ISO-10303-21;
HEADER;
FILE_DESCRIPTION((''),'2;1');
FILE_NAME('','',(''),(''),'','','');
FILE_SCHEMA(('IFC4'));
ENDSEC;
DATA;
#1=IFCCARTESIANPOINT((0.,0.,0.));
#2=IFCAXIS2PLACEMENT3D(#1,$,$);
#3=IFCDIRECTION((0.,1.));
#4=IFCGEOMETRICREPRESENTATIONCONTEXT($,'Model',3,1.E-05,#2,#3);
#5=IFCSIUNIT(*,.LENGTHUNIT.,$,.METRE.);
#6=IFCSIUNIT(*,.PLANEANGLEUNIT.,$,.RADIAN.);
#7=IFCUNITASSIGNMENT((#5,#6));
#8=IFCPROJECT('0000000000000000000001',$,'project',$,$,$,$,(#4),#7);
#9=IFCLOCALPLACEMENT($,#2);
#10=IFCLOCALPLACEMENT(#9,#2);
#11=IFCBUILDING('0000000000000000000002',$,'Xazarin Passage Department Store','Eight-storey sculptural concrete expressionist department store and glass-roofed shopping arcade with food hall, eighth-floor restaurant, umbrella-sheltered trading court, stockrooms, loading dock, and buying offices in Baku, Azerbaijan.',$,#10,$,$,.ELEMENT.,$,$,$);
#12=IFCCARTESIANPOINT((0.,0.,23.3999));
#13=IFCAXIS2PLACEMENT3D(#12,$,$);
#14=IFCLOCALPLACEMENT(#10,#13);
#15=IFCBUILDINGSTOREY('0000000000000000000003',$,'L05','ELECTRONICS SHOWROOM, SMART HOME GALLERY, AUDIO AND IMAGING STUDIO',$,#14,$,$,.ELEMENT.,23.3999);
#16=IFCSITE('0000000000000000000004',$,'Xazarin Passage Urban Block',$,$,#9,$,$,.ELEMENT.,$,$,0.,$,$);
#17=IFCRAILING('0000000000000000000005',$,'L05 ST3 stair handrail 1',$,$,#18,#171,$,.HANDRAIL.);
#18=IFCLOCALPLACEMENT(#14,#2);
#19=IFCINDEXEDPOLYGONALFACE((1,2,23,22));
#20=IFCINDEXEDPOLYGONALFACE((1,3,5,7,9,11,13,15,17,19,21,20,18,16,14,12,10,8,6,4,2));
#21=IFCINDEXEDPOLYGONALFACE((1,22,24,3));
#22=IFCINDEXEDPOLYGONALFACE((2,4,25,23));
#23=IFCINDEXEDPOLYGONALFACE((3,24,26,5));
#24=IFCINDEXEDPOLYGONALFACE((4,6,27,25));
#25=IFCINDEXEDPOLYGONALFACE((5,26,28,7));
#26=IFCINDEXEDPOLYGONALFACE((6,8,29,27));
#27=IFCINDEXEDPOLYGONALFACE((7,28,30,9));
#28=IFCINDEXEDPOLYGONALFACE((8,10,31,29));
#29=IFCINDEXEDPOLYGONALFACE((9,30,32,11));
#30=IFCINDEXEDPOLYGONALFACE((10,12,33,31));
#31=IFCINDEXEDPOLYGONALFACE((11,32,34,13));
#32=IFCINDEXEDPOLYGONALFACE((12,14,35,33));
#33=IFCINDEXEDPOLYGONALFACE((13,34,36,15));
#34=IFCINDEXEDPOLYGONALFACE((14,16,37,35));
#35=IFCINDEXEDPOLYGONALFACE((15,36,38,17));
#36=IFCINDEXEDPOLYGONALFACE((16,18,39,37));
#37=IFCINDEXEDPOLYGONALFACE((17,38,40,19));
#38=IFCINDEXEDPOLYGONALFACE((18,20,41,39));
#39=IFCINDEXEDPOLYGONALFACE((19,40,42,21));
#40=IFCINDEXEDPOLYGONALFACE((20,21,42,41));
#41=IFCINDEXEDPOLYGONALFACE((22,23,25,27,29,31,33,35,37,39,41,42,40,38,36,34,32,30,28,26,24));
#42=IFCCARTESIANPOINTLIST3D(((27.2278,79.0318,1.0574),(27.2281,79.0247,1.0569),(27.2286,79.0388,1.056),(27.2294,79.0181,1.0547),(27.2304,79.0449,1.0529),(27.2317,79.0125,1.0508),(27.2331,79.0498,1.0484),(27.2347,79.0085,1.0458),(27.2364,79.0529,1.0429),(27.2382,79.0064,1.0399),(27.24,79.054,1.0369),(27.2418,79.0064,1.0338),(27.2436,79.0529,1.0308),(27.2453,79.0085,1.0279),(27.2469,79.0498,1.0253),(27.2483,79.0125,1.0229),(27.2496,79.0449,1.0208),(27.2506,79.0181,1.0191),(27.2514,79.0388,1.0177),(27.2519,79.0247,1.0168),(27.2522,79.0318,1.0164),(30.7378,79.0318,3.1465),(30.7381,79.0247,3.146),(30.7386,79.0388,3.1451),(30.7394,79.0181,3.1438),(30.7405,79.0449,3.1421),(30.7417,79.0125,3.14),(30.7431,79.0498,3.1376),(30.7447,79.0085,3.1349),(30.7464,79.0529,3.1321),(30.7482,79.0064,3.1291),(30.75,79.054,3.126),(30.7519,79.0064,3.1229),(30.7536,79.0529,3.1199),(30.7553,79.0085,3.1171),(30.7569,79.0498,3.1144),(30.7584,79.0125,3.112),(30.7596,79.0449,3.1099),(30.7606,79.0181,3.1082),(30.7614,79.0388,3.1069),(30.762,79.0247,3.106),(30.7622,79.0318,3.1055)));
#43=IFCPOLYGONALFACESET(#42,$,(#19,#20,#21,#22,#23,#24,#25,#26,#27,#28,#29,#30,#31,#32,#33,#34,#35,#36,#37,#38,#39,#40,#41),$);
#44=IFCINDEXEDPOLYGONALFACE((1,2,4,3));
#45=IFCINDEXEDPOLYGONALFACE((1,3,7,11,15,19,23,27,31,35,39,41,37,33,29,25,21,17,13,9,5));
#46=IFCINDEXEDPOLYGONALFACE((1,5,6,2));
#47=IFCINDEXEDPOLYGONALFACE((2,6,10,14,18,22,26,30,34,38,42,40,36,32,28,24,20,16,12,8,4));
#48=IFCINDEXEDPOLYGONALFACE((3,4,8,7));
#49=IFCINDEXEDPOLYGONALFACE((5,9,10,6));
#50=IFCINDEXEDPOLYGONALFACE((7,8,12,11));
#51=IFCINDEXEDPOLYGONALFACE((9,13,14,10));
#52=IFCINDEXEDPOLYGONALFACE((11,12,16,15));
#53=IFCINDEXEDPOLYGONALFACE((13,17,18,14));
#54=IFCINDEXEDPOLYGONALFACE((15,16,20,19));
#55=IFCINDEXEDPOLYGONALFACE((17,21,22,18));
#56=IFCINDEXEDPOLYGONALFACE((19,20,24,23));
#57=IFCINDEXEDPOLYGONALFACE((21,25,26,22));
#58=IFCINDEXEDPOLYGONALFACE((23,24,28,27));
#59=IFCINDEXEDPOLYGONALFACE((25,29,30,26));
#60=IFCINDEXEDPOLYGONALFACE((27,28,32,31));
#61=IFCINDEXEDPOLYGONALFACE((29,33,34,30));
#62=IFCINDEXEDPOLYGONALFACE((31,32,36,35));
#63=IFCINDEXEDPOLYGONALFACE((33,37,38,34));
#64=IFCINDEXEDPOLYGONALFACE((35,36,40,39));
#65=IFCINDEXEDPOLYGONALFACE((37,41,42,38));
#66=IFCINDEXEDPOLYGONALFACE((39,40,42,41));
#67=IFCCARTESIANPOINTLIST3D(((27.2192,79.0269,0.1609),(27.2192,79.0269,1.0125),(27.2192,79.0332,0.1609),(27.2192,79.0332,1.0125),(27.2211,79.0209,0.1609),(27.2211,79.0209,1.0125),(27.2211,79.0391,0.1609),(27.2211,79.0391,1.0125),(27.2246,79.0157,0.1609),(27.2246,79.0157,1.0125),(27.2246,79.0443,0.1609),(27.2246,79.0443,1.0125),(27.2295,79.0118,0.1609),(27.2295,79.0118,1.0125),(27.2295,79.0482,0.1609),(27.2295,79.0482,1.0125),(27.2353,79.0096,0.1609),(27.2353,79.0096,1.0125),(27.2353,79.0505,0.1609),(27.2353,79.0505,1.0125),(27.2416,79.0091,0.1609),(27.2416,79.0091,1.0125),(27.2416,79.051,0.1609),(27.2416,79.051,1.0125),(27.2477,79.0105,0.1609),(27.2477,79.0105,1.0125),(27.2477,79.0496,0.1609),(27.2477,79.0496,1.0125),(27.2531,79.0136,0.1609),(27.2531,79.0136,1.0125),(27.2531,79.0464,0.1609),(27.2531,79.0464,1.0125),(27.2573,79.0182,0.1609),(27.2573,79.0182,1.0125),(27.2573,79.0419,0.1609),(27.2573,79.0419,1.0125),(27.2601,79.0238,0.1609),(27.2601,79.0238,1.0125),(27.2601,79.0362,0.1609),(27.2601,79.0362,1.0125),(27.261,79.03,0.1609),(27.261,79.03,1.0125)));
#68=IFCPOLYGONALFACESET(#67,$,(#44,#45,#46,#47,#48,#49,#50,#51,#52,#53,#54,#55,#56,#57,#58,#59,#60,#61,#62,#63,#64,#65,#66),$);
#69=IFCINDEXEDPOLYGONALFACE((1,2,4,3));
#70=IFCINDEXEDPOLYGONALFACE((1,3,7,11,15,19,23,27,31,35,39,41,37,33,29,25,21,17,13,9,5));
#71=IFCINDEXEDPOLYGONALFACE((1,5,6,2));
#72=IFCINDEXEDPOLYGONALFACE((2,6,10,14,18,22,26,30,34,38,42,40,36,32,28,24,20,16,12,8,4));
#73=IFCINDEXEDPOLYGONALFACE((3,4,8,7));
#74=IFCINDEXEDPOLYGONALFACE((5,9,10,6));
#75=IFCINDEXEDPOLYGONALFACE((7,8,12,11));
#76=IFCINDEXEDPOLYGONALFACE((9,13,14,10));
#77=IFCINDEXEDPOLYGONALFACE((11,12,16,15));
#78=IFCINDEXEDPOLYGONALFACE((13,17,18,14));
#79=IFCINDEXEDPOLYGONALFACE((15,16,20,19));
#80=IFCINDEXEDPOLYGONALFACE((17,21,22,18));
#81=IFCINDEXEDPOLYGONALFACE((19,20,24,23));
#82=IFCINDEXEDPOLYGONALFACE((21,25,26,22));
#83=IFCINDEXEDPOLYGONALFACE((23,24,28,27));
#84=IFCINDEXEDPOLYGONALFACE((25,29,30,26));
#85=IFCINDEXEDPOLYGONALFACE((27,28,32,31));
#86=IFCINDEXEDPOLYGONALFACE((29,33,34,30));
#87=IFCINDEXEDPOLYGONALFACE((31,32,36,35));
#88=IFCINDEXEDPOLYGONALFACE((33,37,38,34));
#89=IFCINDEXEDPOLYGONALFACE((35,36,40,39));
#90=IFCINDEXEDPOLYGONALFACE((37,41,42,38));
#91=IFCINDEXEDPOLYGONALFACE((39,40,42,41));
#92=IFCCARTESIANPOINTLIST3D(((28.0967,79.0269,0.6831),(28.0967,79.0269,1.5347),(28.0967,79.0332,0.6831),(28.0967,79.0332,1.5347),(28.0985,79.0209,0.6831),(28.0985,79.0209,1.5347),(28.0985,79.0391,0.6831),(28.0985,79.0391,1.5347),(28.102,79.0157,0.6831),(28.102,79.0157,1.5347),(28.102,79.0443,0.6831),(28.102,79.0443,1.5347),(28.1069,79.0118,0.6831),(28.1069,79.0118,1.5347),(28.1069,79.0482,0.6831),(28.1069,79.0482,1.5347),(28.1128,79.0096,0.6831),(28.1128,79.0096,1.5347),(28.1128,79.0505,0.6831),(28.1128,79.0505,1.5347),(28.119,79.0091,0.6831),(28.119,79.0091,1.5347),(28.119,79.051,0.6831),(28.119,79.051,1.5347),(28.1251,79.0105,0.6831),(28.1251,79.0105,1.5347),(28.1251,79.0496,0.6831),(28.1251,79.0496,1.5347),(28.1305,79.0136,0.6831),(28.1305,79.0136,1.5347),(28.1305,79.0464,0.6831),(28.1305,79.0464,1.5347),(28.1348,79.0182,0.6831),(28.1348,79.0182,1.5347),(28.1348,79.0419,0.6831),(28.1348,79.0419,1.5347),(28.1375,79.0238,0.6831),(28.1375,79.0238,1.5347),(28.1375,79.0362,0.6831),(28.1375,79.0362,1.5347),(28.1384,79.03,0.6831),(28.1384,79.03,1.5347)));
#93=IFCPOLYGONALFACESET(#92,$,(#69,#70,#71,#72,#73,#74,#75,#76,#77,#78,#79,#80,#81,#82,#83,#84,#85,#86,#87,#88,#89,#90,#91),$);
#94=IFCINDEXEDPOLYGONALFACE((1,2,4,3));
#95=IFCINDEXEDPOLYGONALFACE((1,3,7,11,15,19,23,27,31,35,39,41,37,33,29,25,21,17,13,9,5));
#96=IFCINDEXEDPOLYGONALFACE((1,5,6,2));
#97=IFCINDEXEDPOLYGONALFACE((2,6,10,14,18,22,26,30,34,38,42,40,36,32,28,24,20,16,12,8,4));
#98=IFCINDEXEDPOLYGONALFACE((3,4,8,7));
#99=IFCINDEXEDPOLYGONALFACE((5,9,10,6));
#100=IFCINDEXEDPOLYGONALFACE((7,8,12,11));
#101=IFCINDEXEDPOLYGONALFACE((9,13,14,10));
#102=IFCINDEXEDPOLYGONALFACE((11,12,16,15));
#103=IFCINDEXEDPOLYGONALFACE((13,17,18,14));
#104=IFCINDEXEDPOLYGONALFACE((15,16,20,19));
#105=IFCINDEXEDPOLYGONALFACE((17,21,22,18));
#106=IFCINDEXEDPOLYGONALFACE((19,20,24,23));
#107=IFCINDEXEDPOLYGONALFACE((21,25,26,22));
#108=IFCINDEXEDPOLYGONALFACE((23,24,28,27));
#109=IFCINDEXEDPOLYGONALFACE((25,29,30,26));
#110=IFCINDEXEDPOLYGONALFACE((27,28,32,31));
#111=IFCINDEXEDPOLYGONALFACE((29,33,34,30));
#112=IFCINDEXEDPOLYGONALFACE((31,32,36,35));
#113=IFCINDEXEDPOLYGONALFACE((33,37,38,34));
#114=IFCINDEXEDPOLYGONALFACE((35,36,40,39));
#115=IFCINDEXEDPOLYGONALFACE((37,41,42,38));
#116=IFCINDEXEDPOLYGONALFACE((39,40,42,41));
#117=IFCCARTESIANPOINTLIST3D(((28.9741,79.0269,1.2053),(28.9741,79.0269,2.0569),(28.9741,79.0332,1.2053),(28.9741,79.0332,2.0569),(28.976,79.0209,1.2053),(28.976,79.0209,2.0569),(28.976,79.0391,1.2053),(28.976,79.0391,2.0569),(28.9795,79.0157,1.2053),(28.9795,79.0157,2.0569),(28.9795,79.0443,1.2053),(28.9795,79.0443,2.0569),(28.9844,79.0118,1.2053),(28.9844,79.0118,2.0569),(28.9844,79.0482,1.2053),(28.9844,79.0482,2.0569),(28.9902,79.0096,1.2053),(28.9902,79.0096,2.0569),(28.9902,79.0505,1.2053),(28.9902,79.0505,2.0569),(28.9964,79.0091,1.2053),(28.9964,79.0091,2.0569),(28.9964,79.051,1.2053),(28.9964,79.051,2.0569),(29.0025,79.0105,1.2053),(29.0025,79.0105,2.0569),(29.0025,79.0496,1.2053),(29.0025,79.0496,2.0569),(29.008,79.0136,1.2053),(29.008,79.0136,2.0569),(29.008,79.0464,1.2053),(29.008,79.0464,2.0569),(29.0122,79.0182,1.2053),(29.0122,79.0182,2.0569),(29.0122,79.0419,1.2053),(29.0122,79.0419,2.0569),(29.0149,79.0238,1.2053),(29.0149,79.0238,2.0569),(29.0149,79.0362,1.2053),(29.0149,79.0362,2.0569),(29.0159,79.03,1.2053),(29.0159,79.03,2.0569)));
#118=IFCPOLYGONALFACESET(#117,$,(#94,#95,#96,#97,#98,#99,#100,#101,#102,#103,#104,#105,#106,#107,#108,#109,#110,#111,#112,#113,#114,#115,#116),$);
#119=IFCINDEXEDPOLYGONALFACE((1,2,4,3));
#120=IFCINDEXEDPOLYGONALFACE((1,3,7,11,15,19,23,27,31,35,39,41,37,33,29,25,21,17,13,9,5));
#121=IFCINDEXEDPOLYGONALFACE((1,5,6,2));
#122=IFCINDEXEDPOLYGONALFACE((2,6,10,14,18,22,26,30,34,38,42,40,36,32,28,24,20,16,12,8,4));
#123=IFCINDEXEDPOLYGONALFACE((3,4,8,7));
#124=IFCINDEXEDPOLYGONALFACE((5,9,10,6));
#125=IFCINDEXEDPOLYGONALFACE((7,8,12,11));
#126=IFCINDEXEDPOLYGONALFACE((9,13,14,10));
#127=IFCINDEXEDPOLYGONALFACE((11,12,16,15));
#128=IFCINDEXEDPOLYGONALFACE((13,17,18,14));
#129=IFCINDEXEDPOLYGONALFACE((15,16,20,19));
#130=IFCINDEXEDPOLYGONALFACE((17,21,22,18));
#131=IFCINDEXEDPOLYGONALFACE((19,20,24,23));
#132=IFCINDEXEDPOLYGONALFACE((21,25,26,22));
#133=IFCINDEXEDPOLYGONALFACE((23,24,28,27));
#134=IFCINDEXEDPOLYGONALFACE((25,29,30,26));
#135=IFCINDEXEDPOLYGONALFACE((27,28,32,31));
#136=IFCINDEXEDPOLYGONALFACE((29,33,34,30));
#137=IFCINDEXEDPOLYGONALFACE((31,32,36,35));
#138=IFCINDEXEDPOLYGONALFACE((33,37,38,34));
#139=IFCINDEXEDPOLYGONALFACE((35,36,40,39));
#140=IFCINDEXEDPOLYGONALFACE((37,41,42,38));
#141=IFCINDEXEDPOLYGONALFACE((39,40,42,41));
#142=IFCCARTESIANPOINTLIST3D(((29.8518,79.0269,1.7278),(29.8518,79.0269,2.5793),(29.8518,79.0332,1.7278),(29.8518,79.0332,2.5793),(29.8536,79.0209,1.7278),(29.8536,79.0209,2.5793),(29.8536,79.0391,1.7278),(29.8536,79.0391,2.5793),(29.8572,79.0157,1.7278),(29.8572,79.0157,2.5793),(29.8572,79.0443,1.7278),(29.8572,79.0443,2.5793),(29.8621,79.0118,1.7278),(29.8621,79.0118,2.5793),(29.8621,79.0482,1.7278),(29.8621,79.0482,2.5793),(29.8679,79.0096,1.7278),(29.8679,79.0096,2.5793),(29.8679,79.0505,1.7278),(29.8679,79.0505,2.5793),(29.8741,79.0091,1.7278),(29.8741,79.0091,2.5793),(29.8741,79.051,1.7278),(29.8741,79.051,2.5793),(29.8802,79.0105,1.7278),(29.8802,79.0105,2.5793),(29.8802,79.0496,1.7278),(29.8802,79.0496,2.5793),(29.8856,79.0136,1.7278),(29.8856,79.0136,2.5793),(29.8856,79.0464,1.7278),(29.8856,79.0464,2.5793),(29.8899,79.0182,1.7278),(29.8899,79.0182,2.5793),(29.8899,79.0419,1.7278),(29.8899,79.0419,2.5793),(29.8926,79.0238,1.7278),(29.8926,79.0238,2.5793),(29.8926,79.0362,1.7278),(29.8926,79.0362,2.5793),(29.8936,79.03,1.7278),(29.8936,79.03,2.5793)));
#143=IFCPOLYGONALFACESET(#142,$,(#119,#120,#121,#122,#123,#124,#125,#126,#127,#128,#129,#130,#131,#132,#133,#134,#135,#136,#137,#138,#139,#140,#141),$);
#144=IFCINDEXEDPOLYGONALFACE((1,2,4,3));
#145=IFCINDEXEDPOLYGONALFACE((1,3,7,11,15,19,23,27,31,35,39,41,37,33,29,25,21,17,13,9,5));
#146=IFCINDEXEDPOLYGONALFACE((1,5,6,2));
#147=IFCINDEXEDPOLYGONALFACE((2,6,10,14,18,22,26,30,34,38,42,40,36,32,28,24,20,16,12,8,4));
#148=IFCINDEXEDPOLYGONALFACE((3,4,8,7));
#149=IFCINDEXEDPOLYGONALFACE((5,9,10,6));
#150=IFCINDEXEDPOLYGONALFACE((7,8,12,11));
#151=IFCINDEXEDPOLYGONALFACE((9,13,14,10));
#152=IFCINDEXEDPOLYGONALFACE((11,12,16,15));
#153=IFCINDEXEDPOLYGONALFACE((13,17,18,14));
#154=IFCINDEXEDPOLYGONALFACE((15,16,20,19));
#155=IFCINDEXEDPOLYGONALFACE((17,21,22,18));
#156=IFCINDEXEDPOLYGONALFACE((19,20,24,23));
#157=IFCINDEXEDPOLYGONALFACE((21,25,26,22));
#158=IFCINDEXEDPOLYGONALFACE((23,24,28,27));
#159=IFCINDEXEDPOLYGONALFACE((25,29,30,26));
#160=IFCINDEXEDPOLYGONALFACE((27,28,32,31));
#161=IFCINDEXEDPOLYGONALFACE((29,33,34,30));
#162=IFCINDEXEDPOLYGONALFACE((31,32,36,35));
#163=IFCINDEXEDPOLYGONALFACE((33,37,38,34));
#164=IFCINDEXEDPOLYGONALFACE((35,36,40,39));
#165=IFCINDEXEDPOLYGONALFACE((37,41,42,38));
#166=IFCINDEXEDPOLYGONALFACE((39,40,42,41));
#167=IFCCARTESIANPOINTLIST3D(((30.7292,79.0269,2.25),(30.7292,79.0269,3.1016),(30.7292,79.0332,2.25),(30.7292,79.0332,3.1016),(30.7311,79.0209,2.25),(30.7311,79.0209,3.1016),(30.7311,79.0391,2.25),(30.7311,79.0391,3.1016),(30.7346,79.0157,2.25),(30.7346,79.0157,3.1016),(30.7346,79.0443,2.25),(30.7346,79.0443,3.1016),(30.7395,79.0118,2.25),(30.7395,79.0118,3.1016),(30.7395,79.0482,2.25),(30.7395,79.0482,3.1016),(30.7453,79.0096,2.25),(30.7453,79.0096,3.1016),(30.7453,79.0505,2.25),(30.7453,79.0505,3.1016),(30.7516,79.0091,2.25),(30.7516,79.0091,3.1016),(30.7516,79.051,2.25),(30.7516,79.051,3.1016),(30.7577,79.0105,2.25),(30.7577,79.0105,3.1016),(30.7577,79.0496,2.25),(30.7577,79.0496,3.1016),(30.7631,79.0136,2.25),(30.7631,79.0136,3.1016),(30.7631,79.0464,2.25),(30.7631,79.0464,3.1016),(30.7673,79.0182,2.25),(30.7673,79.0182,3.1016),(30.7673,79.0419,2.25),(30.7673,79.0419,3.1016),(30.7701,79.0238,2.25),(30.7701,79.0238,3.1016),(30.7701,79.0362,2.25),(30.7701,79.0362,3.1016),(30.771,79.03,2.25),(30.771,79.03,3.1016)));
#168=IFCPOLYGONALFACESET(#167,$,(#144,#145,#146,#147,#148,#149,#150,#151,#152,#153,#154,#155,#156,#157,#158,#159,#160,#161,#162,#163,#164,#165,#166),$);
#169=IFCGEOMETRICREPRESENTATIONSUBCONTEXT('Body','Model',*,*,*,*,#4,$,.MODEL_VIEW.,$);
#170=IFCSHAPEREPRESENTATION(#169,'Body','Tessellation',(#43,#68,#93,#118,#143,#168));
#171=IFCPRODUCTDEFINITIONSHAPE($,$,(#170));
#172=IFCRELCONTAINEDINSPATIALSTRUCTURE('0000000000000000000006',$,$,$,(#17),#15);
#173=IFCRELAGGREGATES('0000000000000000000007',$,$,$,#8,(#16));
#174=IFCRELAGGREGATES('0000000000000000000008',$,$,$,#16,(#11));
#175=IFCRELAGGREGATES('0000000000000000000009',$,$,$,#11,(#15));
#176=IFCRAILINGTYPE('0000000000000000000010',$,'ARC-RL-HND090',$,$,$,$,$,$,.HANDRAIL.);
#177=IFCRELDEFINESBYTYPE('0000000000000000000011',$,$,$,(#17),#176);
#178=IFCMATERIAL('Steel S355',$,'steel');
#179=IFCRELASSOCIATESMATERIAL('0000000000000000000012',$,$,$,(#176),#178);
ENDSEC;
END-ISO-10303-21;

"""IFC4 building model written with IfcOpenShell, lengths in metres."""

from ifc_helpers import new_model, si_unit, direction, frame, origin, origin_2d, place, context, subcontext, project, spatial, circle, extrude, material, type_object, element, save


model = new_model("IFC4")

# Units and contexts
model_context = context("Model", 3, precision=1e-05, world=origin(), true_north=direction((0.0, 1.0)))
body_context = subcontext(model_context, "Body", "Model", "MODEL_VIEW")
ifc_project = project(units=[si_unit("LENGTHUNIT", "METRE"), si_unit("PLANEANGLEUNIT", "RADIAN")], contexts=[model_context])

# Site, building, storey
site_placement = place(None, origin())
site = spatial("IfcSite", under=ifc_project, at=site_placement, Name="Xazarin Passage Urban Block", CompositionType="ELEMENT", RefElevation=0.0)
building_placement = place(site_placement, origin())
building = spatial("IfcBuilding", under=site, at=building_placement, Name="Xazarin Passage Department Store", Description="Eight-storey sculptural concrete expressionist department store and glass-roofed shopping arcade with food hall, eighth-floor restaurant, umbrella-sheltered trading court, stockrooms, loading dock, and buying offices in Baku, Azerbaijan.", CompositionType="ELEMENT")
storey_placement = place(building_placement, frame((0.0, 0.0, 23.3999)))
storey = spatial("IfcBuildingStorey", under=building, at=storey_placement, Name="L05", Description="ELECTRONICS SHOWROOM, SMART HOME GALLERY, AUDIO AND IMAGING STUDIO", CompositionType="ELEMENT", Elevation=23.3999)

# Railing
ifc_material_1 = material(Name="Steel S355", Category="steel")
railing_type_1 = type_object("IfcRailingType", Name="ARC-RL-HND090", PredefinedType="HANDRAIL", material=ifc_material_1)
railing_1_placement = place(storey_placement, frame((27.24, 79.03, 0.1609)))
element("IfcRailing", 1, at=railing_1_placement, inside=storey, type_object=railing_type_1, Name="L05 ST3 stair handrail 1", PredefinedType="HANDRAIL", context=body_context, shape_type="SweptSolid", body=[
    extrude(circle(Radius=0.0239, at=origin_2d()), frame((0.0, 0.0, 0.876), z_axis=(0.859312, 0.0, 0.511451), x_axis=(0.0, 1.0, 0.0)), (0.0, 0.0, 1.0), 4.0847),
    extrude(circle(Radius=0.021, at=origin_2d()), origin(), (0.0, 0.0, 1.0), 0.8516),
    extrude(circle(Radius=0.021, at=origin_2d()), frame((0.8774, 0.0, 0.5222)), (0.0, 0.0, 1.0), 0.8516),
    extrude(circle(Radius=0.021, at=origin_2d()), frame((1.7549, 0.0, 1.0444)), (0.0, 0.0, 1.0), 0.8516),
    extrude(circle(Radius=0.021, at=origin_2d()), frame((2.6326, 0.0, 1.5669)), (0.0, 0.0, 1.0), 0.8516),
    extrude(circle(Radius=0.021, at=origin_2d()), frame((3.51, 0.0, 2.0891)), (0.0, 0.0, 1.0), 0.8516),
])

save(model, "model.ifc")
